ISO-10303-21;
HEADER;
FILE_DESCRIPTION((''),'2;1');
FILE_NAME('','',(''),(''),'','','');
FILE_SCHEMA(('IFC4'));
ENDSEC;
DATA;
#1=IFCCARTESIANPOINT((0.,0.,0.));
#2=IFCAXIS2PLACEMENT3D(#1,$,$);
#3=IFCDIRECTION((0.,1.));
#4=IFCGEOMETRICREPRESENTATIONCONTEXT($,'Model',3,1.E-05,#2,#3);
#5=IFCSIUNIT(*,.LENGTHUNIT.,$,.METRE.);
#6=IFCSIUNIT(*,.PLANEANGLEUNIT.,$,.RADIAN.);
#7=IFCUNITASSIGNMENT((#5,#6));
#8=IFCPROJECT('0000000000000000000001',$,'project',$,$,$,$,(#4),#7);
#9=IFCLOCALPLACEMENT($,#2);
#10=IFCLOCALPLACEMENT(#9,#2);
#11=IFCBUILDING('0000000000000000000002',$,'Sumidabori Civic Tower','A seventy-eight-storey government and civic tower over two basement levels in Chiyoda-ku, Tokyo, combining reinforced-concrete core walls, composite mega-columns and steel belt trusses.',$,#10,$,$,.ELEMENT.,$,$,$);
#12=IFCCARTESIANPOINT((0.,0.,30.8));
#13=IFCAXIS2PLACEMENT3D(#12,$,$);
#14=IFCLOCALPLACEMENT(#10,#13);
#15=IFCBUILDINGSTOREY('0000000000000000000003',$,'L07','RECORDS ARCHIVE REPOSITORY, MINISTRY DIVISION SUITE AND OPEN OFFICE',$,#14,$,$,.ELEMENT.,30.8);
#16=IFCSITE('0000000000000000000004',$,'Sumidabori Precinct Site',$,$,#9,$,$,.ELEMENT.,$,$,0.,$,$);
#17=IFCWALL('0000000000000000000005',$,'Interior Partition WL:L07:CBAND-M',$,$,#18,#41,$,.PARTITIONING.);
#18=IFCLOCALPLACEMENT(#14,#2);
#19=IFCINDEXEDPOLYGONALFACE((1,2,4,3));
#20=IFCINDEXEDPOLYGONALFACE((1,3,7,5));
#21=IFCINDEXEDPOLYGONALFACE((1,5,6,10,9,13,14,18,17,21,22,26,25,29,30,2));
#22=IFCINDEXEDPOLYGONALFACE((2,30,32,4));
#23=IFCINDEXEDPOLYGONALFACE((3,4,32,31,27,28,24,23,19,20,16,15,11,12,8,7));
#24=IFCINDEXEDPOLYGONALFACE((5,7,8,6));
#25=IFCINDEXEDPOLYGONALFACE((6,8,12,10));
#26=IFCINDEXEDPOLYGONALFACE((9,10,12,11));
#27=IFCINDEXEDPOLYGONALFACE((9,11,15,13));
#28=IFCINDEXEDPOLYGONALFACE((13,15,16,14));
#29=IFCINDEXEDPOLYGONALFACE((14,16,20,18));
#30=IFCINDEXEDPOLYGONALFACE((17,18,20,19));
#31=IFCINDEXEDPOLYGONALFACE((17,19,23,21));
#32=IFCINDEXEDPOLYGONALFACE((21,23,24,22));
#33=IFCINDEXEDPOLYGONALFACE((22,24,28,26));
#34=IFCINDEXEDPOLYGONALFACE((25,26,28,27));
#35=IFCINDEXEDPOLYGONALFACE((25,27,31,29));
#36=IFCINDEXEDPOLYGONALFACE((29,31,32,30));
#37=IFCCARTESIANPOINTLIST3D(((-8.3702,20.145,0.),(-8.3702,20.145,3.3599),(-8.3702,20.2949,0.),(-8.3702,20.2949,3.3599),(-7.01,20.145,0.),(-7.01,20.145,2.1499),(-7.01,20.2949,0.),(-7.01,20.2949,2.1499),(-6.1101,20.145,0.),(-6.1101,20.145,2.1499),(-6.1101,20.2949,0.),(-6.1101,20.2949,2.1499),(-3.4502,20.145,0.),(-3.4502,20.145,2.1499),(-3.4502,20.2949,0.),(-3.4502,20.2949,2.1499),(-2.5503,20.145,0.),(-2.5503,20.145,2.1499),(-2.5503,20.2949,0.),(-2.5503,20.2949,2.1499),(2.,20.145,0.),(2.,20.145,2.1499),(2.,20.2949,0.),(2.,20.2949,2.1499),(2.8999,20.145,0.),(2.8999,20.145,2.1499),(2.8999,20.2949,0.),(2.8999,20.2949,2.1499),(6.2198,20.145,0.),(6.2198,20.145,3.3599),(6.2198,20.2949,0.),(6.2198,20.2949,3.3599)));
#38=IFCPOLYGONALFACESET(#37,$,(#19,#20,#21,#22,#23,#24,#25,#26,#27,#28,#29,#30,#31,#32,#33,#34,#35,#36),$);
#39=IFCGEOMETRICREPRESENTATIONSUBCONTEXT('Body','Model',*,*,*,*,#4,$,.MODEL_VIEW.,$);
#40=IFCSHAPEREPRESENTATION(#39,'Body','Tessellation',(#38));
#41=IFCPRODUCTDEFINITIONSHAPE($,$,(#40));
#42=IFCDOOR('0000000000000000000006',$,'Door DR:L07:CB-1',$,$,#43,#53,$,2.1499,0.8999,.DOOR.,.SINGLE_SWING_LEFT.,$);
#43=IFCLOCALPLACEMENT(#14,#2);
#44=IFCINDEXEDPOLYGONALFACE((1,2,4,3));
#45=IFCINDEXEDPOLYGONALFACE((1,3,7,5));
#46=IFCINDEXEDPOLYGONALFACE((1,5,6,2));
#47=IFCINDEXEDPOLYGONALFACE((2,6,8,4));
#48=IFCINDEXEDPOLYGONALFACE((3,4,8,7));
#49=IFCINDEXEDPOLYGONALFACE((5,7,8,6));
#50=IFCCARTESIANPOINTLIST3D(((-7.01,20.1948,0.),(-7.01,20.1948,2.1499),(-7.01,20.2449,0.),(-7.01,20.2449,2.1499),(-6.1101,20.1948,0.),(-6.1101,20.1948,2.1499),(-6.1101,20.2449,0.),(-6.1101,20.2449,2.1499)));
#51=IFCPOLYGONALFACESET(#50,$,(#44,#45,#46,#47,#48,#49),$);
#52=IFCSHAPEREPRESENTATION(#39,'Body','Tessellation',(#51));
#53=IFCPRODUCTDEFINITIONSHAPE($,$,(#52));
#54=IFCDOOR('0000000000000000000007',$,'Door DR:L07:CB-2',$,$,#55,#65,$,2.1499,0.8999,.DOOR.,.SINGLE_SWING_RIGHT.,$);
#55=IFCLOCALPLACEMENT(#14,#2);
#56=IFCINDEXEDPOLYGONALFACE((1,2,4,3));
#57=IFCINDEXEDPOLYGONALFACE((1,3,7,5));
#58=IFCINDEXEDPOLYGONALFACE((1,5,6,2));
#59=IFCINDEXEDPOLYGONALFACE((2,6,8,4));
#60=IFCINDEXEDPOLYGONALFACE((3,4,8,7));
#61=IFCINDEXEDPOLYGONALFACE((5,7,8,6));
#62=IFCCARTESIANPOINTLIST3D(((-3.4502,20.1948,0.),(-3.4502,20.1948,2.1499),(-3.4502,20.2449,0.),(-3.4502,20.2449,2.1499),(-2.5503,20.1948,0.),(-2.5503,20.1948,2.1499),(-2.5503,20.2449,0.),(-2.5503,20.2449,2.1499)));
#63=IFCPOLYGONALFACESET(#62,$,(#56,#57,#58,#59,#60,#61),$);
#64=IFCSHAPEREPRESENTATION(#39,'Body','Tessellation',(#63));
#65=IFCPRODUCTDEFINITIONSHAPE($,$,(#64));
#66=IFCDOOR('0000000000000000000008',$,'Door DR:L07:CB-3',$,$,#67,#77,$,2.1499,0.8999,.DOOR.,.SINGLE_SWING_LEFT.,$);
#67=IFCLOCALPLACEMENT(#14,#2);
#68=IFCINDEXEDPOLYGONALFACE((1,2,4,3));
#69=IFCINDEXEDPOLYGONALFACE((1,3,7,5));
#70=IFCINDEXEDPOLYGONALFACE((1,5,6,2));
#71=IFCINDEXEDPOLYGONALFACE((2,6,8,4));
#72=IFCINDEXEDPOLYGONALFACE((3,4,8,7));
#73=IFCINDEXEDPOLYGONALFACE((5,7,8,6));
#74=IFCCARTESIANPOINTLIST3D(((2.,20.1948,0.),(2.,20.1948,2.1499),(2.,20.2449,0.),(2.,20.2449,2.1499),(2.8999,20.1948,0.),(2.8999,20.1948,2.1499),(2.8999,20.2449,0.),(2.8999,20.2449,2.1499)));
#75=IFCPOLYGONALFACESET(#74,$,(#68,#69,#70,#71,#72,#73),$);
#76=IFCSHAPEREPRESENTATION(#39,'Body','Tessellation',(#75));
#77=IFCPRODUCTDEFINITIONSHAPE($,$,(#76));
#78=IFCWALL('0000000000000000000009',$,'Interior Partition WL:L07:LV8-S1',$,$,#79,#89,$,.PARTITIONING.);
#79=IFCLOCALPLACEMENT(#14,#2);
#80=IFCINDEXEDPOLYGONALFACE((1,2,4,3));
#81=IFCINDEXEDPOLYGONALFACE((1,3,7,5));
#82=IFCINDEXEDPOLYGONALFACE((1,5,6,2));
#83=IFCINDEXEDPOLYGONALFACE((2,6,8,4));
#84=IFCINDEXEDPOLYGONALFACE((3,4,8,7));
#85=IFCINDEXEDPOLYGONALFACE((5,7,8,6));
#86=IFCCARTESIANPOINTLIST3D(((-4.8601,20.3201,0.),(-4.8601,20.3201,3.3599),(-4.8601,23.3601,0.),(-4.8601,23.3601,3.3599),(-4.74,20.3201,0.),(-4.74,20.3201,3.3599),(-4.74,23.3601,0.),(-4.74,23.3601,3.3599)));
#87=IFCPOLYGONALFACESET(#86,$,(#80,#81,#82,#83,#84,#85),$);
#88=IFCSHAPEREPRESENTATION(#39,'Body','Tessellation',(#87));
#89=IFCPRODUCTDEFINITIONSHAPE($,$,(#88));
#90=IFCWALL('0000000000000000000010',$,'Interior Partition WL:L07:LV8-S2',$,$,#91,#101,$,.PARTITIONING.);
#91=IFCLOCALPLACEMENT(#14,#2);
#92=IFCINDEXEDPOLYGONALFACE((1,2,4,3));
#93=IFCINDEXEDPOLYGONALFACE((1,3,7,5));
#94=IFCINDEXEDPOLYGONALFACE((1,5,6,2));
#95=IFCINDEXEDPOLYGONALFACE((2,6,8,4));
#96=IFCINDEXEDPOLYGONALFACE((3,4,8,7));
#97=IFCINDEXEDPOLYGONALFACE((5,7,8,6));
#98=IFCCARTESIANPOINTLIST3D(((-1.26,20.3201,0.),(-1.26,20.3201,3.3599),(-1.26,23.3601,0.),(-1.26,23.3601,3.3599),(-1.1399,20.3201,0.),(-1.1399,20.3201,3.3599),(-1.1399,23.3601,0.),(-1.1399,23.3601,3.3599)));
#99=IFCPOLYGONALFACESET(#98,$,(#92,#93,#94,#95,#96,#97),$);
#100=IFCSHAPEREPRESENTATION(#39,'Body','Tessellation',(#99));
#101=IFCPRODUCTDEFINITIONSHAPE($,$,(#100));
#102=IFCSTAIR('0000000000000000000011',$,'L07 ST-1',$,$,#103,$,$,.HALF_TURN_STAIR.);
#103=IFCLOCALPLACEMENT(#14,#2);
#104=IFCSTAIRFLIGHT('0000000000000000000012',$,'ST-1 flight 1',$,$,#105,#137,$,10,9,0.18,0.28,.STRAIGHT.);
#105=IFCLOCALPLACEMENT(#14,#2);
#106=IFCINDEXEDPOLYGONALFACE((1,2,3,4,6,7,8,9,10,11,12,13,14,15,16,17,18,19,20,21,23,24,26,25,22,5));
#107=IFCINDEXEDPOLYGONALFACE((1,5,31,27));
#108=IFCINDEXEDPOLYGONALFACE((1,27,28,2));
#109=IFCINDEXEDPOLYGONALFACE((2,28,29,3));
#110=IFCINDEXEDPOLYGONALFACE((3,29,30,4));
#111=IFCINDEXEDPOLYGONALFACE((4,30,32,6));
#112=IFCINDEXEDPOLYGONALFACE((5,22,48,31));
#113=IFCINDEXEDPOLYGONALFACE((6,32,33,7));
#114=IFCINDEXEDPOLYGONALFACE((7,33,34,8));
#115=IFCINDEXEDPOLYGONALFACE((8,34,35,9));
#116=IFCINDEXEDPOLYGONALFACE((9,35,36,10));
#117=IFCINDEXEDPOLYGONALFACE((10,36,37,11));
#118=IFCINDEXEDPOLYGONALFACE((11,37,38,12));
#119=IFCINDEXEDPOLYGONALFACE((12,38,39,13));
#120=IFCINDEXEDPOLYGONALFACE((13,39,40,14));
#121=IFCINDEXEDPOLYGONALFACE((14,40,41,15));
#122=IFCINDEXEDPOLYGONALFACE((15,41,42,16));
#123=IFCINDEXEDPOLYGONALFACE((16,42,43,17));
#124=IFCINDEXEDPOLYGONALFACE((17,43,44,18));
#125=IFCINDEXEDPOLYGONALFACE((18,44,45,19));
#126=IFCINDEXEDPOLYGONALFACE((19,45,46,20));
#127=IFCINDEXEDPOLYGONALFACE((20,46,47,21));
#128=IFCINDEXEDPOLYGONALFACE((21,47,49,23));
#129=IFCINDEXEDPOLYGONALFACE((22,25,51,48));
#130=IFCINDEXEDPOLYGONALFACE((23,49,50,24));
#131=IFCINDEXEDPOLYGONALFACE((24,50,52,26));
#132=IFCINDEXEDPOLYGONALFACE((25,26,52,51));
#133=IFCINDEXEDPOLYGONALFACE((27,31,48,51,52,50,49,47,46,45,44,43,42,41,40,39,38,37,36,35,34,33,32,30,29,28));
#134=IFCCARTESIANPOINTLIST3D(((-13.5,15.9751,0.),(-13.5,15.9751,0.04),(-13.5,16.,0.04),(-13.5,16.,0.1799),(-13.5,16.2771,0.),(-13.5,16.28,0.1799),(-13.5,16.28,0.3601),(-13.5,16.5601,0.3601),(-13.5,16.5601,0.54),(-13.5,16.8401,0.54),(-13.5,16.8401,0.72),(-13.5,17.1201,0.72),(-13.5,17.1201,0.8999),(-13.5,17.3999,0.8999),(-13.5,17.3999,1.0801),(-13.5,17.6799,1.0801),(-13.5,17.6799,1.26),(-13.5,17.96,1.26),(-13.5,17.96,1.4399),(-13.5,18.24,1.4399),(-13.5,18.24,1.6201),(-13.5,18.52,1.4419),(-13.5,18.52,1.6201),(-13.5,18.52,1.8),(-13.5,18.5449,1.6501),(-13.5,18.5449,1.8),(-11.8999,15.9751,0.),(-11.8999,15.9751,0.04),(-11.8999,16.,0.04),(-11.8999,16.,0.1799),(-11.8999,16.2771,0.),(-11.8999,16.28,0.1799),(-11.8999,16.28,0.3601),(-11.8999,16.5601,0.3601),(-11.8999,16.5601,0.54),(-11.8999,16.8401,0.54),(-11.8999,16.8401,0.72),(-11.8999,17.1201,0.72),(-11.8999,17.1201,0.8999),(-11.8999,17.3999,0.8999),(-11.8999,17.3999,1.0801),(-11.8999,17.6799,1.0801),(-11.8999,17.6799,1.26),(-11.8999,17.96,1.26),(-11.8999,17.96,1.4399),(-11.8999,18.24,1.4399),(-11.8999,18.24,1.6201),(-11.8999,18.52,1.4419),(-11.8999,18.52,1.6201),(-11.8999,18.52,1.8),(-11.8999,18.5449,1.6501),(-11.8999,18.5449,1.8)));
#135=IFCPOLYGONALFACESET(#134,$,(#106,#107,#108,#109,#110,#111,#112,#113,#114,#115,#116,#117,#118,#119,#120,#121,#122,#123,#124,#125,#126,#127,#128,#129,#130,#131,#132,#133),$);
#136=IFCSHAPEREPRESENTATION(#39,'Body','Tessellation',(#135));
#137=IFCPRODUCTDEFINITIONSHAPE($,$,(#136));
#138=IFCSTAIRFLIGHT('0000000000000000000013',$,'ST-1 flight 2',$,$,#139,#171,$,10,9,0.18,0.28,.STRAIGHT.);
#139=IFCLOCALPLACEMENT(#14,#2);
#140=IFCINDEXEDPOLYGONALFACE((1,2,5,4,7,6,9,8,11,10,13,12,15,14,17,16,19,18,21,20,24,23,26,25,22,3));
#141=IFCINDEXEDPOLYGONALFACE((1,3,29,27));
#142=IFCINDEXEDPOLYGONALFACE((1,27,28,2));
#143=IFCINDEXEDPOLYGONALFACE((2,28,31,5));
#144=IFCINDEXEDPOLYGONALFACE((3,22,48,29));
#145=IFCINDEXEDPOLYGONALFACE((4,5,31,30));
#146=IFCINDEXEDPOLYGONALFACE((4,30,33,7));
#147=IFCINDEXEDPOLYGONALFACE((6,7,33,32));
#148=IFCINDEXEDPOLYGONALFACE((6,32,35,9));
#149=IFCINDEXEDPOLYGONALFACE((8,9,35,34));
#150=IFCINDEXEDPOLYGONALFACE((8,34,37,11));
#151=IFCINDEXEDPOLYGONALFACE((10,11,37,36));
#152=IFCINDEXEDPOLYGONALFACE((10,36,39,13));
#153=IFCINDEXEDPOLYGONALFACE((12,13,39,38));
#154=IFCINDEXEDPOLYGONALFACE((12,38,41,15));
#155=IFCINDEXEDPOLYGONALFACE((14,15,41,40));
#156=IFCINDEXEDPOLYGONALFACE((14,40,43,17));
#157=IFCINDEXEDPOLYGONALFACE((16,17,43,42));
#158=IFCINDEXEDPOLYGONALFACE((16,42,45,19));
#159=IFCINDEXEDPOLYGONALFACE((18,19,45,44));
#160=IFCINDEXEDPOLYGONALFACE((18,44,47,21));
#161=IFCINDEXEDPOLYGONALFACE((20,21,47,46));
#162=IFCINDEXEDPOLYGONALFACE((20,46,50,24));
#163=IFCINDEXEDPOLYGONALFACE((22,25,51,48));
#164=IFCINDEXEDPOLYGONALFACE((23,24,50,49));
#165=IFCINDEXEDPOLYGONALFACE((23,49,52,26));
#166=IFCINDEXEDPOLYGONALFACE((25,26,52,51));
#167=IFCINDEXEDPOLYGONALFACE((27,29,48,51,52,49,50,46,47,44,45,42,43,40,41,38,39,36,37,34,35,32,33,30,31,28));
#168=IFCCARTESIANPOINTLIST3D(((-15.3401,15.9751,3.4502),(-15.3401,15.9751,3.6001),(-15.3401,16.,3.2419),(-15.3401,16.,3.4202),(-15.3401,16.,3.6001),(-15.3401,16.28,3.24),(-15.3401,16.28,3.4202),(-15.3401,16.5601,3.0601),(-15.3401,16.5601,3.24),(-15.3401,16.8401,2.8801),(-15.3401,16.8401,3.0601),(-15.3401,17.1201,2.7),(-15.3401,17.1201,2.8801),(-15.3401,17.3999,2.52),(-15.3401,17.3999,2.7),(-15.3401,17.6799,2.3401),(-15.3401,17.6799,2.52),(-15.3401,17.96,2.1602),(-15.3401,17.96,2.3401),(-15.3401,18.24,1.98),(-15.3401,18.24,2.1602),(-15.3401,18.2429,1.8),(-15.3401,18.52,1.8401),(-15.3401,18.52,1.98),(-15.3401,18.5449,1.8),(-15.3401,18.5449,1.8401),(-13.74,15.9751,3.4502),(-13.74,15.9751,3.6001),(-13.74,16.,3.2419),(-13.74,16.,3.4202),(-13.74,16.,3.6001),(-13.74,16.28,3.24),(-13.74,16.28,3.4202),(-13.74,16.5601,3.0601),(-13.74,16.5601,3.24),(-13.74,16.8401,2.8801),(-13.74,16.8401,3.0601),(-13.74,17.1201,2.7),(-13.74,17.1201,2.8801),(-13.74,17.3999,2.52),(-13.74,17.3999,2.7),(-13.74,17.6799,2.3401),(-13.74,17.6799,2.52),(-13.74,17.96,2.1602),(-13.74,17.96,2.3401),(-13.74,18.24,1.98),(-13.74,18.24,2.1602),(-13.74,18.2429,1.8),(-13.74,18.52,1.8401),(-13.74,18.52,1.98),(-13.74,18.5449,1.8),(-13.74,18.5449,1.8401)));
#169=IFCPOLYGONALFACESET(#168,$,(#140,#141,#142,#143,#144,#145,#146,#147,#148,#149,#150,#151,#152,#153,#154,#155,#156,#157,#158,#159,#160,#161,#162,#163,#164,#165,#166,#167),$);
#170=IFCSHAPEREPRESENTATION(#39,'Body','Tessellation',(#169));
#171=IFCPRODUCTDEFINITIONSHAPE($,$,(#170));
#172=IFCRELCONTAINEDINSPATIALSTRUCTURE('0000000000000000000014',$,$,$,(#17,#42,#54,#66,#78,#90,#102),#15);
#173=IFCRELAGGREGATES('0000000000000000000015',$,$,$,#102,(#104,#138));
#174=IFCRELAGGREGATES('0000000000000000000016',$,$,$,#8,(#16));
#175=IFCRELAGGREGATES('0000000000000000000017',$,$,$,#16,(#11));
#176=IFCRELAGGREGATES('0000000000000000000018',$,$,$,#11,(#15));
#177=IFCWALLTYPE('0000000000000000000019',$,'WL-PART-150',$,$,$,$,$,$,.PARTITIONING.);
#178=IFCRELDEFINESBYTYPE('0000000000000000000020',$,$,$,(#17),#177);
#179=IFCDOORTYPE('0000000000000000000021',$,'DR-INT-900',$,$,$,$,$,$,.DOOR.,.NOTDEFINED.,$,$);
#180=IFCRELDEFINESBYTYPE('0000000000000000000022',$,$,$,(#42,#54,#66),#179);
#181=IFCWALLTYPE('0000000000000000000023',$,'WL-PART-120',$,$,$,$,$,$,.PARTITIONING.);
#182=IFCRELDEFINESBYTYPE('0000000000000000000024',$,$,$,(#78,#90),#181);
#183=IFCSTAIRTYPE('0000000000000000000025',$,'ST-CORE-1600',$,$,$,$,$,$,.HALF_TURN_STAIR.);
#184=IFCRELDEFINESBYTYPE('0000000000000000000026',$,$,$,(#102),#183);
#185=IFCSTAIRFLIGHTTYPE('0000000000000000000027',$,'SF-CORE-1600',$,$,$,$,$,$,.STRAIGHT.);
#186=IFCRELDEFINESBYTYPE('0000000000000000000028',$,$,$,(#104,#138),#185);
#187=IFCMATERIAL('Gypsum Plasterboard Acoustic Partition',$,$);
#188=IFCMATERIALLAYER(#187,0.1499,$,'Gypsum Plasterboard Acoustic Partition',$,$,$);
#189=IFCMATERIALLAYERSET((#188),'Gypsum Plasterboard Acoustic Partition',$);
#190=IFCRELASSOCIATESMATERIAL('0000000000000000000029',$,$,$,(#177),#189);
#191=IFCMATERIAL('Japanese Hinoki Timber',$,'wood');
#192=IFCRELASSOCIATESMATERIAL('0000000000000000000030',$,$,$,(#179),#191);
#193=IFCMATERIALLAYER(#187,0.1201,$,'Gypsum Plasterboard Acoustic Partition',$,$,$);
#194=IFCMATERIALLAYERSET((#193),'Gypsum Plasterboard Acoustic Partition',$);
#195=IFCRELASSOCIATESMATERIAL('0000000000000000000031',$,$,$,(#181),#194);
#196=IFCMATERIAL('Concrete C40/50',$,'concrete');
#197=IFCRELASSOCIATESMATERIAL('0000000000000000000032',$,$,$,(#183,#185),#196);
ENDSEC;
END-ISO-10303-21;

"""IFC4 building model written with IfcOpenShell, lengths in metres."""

from ifc_helpers import new_model, si_unit, direction, frame, frame_2d, origin, place, context, subcontext, project, spatial, polyline, rectangle, outline, extrude, source, transform, mapped, material, layer, layer_set, type_object, element, fill, aggregate, save


model = new_model("IFC4")

# Units and contexts
model_context = context("Model", 3, precision=1e-05, world=origin(), true_north=direction((0.0, 1.0)))
body_context = subcontext(model_context, "Body", "Model", "MODEL_VIEW")
ifc_project = project(units=[si_unit("LENGTHUNIT", "METRE"), si_unit("PLANEANGLEUNIT", "RADIAN")], contexts=[model_context])

# Site, building, storey
site_placement = place(None, origin())
site = spatial("IfcSite", under=ifc_project, at=site_placement, Name="Sumidabori Precinct Site", CompositionType="ELEMENT", RefElevation=0.0)
building_placement = place(site_placement, origin())
building = spatial("IfcBuilding", under=site, at=building_placement, Name="Sumidabori Civic Tower", Description="A seventy-eight-storey government and civic tower over two basement levels in Chiyoda-ku, Tokyo, combining reinforced-concrete core walls, composite mega-columns and steel belt trusses.", CompositionType="ELEMENT")
storey_placement = place(building_placement, frame((0.0, 0.0, 30.8)))
storey = spatial("IfcBuildingStorey", under=building, at=storey_placement, Name="L07", Description="RECORDS ARCHIVE REPOSITORY, MINISTRY DIVISION SUITE AND OPEN OFFICE", CompositionType="ELEMENT", Elevation=30.8)

# Wall, openings, doors
ifc_material_1 = material(Name="Gypsum Plasterboard Acoustic Partition")
ifc_layer_1 = layer(ifc_material_1, 0.1499, Name="Gypsum Plasterboard Acoustic Partition")
ifc_layer_set_1 = layer_set([ifc_layer_1], Name="Gypsum Plasterboard Acoustic Partition")
wall_type_1 = type_object("IfcWallType", Name="WL-PART-150", PredefinedType="PARTITIONING", material=ifc_layer_set_1)
shared_shape_1 = source(origin(), body_context, "Body", "SweptSolid", [
    extrude(rectangle(XDim=14.5901, YDim=0.1499, at=frame_2d((7.2949, 0.0))), origin(), (0.0, 0.0, 1.0), 3.3599),
])
wall_1_placement = place(storey_placement, frame((-8.3701, 20.22, 0.0), z_axis=(0.0, 0.0, 1.0), x_axis=(1.0, 0.0, 0.0)))
wall_1 = element("IfcWall", 1, at=wall_1_placement, inside=storey, type_object=wall_type_1, Name="Interior Partition WL:L07:CBAND-M", PredefinedType="PARTITIONING", context=body_context, shape_type="MappedRepresentation", body=[
    mapped(shared_shape_1, transform((0.0, 0.0, 0.0), x_axis=(1.0, 0.0, 0.0), y_axis=(0.0, 1.0, 0.0), z_axis=(0.0, 0.0, 1.0), scale=1.0)),
])
opening_1_placement = place(wall_1_placement, frame((1.3601, 0.0, 0.0)))
opening_1 = element("IfcOpeningElement", 2, at=opening_1_placement, cuts=wall_1, PredefinedType="OPENING", context=body_context, shape_type="SweptSolid", body=[
    extrude(rectangle(XDim=0.8999, YDim=2.1499, at=frame_2d((0.45, 1.075))), frame((0.0, 0.0869, 0.0), z_axis=(0.0, -1.0, 0.0), x_axis=(1.0, 0.0, 0.0)), (0.0, 0.0, 1.0), 0.1738),
])
opening_2_placement = place(wall_1_placement, frame((4.9199, 0.0, 0.0)))
opening_2 = element("IfcOpeningElement", 3, at=opening_2_placement, cuts=wall_1, PredefinedType="OPENING", context=body_context, shape_type="SweptSolid", body=[
    extrude(rectangle(XDim=0.8999, YDim=2.1499, at=frame_2d((0.45, 1.075))), frame((0.0, 0.0869, 0.0), z_axis=(0.0, -1.0, 0.0), x_axis=(1.0, 0.0, 0.0)), (0.0, 0.0, 1.0), 0.1738),
])
opening_3_placement = place(wall_1_placement, frame((10.3701, 0.0, 0.0)))
opening_3 = element("IfcOpeningElement", 4, at=opening_3_placement, cuts=wall_1, PredefinedType="OPENING", context=body_context, shape_type="SweptSolid", body=[
    extrude(rectangle(XDim=0.8999, YDim=2.1499, at=frame_2d((0.45, 1.075))), frame((0.0, 0.0869, 0.0), z_axis=(0.0, -1.0, 0.0), x_axis=(1.0, 0.0, 0.0)), (0.0, 0.0, 1.0), 0.1738),
])
ifc_material_2 = material(Name="Japanese Hinoki Timber", Category="wood")
door_type = type_object("IfcDoorType", Name="DR-INT-900", OperationType="NOTDEFINED", PredefinedType="DOOR", material=ifc_material_2)
shared_shape_2 = source(origin(), body_context, "Body", "SweptSolid", [
    extrude(rectangle(XDim=0.8999, YDim=2.1499, at=frame_2d((0.45, 1.075))), frame((0.0, 0.0249, 0.0), z_axis=(0.0, -1.0, 0.0), x_axis=(1.0, 0.0, 0.0)), (0.0, 0.0, 1.0), 0.05),
])
door_1_placement = place(opening_1_placement, origin())
door_1 = element("IfcDoor", 5, at=door_1_placement, inside=storey, type_object=door_type, Name="Door DR:L07:CB-1", OperationType="SINGLE_SWING_LEFT", OverallHeight=2.1499, OverallWidth=0.8999, PredefinedType="DOOR", context=body_context, shape_type="MappedRepresentation", body=[
    mapped(shared_shape_2, transform((0.0, 0.0, 0.0), x_axis=(1.0, 0.0, 0.0), y_axis=(0.0, 1.0, 0.0), z_axis=(0.0, 0.0, 1.0), scale=1.0)),
])
fill(opening_1, door_1)
door_2_placement = place(opening_2_placement, origin())
door_2 = element("IfcDoor", 6, at=door_2_placement, inside=storey, type_object=door_type, Name="Door DR:L07:CB-2", OperationType="SINGLE_SWING_RIGHT", OverallHeight=2.1499, OverallWidth=0.8999, PredefinedType="DOOR", context=body_context, shape_type="MappedRepresentation", body=[
    mapped(shared_shape_2, transform((0.0, 0.0, 0.0), x_axis=(1.0, 0.0, 0.0), y_axis=(0.0, 1.0, 0.0), z_axis=(0.0, 0.0, 1.0), scale=1.0)),
])
fill(opening_2, door_2)
door_3_placement = place(opening_3_placement, origin())
door_3 = element("IfcDoor", 7, at=door_3_placement, inside=storey, type_object=door_type, Name="Door DR:L07:CB-3", OperationType="SINGLE_SWING_LEFT", OverallHeight=2.1499, OverallWidth=0.8999, PredefinedType="DOOR", context=body_context, shape_type="MappedRepresentation", body=[
    mapped(shared_shape_2, transform((0.0, 0.0, 0.0), x_axis=(1.0, 0.0, 0.0), y_axis=(0.0, 1.0, 0.0), z_axis=(0.0, 0.0, 1.0), scale=1.0)),
])
fill(opening_3, door_3)

# Walls
ifc_layer_2 = layer(ifc_material_1, 0.1201, Name="Gypsum Plasterboard Acoustic Partition")
ifc_layer_set_2 = layer_set([ifc_layer_2], Name="Gypsum Plasterboard Acoustic Partition")
wall_type_2 = type_object("IfcWallType", Name="WL-PART-120", PredefinedType="PARTITIONING", material=ifc_layer_set_2)
shared_shape_3 = source(origin(), body_context, "Body", "SweptSolid", [
    extrude(rectangle(XDim=3.04, YDim=0.1201, at=frame_2d((1.52, 0.0))), origin(), (0.0, 0.0, 1.0), 3.3599),
])
for number, where, z_axis, x_axis, name in (
    (8, (-4.8, 20.3201, 0.0), (0.0, 0.0, 1.0), (0.0, 1.0, 0.0), "Interior Partition WL:L07:LV8-S1"),
    (9, (-1.2, 20.3201, 0.0), (0.0, 0.0, 1.0), (0.0, 1.0, 0.0), "Interior Partition WL:L07:LV8-S2"),
):
    element("IfcWall", number, at=place(storey_placement, frame(where, z_axis=z_axis, x_axis=x_axis)), inside=storey, type_object=wall_type_2, Name=name, PredefinedType="PARTITIONING", context=body_context, shape_type="MappedRepresentation", body=[
        mapped(shared_shape_3, transform((0.0, 0.0, 0.0), x_axis=(1.0, 0.0, 0.0), y_axis=(0.0, 1.0, 0.0), z_axis=(0.0, 0.0, 1.0), scale=1.0)),
    ])

# Stair, stair flights
ifc_material_3 = material(Name="Concrete C40/50", Category="concrete")
stair_type = type_object("IfcStairType", Name="ST-CORE-1600", PredefinedType="HALF_TURN_STAIR", material=ifc_material_3)
stair_placement = place(storey_placement, origin())
stair = element("IfcStair", 10, at=stair_placement, inside=storey, type_object=stair_type, Name="L07 ST-1", PredefinedType="HALF_TURN_STAIR")
stair_flight_type = type_object("IfcStairFlightType", Name="SF-CORE-1600", PredefinedType="STRAIGHT", material=ifc_material_3)
shared_shape_4 = source(origin(), body_context, "Body", "SweptSolid", [
    extrude(outline(polyline([(-0.0249, 0.0), (-0.0249, 0.04), (0.0, 0.04), (0.0, 0.1799), (0.28, 0.1799), (0.28, 0.3601), (0.5601, 0.3601), (0.5601, 0.54), (0.8401, 0.54), (0.8401, 0.72), (1.1201, 0.72), (1.1201, 0.8999), (1.3999, 0.8999), (1.3999, 1.0801), (1.6799, 1.0801), (1.6799, 1.26), (1.96, 1.26), (1.96, 1.4399), (2.24, 1.4399), (2.24, 1.6201), (2.52, 1.6201), (2.52, 1.8), (2.5449, 1.8), (2.5449, 1.6501), (2.52, 1.4419), (0.2771, 0.0), (-0.0249, 0.0)])), frame((0.0, 0.8, 0.0), z_axis=(0.0, -1.0, 0.0), x_axis=(1.0, 0.0, 0.0)), (0.0, 0.0, 1.0), 1.6001),
])
stair_flight_1_placement = place(storey_placement, frame((-12.7, 16.0, 0.0), z_axis=(0.0, 0.0, 1.0), x_axis=(0.0, 1.0, 0.0)))
stair_flight_1 = element("IfcStairFlight", 11, at=stair_flight_1_placement, type_object=stair_flight_type, Name="ST-1 flight 1", NumberOfRisers=10, NumberOfTreads=9, PredefinedType="STRAIGHT", RiserHeight=0.18, TreadLength=0.28, context=body_context, shape_type="MappedRepresentation", body=[
    mapped(shared_shape_4, transform((0.0, 0.0, 0.0), x_axis=(1.0, 0.0, 0.0), y_axis=(0.0, 1.0, 0.0), z_axis=(0.0, 0.0, 1.0), scale=1.0)),
])
stair_flight_2_placement = place(storey_placement, frame((-14.54, 18.52, 1.8), z_axis=(0.0, 0.0, 1.0), x_axis=(0.0, -1.0, 0.0)))
stair_flight_2 = element("IfcStairFlight", 12, at=stair_flight_2_placement, type_object=stair_flight_type, Name="ST-1 flight 2", NumberOfRisers=10, NumberOfTreads=9, PredefinedType="STRAIGHT", RiserHeight=0.18, TreadLength=0.28, context=body_context, shape_type="MappedRepresentation", body=[
    mapped(shared_shape_4, transform((0.0, 0.0, 0.0), x_axis=(1.0, 0.0, 0.0), y_axis=(0.0, 1.0, 0.0), z_axis=(0.0, 0.0, 1.0), scale=1.0)),
])
aggregate(stair, [stair_flight_1, stair_flight_2])

save(model, "model.ifc")
